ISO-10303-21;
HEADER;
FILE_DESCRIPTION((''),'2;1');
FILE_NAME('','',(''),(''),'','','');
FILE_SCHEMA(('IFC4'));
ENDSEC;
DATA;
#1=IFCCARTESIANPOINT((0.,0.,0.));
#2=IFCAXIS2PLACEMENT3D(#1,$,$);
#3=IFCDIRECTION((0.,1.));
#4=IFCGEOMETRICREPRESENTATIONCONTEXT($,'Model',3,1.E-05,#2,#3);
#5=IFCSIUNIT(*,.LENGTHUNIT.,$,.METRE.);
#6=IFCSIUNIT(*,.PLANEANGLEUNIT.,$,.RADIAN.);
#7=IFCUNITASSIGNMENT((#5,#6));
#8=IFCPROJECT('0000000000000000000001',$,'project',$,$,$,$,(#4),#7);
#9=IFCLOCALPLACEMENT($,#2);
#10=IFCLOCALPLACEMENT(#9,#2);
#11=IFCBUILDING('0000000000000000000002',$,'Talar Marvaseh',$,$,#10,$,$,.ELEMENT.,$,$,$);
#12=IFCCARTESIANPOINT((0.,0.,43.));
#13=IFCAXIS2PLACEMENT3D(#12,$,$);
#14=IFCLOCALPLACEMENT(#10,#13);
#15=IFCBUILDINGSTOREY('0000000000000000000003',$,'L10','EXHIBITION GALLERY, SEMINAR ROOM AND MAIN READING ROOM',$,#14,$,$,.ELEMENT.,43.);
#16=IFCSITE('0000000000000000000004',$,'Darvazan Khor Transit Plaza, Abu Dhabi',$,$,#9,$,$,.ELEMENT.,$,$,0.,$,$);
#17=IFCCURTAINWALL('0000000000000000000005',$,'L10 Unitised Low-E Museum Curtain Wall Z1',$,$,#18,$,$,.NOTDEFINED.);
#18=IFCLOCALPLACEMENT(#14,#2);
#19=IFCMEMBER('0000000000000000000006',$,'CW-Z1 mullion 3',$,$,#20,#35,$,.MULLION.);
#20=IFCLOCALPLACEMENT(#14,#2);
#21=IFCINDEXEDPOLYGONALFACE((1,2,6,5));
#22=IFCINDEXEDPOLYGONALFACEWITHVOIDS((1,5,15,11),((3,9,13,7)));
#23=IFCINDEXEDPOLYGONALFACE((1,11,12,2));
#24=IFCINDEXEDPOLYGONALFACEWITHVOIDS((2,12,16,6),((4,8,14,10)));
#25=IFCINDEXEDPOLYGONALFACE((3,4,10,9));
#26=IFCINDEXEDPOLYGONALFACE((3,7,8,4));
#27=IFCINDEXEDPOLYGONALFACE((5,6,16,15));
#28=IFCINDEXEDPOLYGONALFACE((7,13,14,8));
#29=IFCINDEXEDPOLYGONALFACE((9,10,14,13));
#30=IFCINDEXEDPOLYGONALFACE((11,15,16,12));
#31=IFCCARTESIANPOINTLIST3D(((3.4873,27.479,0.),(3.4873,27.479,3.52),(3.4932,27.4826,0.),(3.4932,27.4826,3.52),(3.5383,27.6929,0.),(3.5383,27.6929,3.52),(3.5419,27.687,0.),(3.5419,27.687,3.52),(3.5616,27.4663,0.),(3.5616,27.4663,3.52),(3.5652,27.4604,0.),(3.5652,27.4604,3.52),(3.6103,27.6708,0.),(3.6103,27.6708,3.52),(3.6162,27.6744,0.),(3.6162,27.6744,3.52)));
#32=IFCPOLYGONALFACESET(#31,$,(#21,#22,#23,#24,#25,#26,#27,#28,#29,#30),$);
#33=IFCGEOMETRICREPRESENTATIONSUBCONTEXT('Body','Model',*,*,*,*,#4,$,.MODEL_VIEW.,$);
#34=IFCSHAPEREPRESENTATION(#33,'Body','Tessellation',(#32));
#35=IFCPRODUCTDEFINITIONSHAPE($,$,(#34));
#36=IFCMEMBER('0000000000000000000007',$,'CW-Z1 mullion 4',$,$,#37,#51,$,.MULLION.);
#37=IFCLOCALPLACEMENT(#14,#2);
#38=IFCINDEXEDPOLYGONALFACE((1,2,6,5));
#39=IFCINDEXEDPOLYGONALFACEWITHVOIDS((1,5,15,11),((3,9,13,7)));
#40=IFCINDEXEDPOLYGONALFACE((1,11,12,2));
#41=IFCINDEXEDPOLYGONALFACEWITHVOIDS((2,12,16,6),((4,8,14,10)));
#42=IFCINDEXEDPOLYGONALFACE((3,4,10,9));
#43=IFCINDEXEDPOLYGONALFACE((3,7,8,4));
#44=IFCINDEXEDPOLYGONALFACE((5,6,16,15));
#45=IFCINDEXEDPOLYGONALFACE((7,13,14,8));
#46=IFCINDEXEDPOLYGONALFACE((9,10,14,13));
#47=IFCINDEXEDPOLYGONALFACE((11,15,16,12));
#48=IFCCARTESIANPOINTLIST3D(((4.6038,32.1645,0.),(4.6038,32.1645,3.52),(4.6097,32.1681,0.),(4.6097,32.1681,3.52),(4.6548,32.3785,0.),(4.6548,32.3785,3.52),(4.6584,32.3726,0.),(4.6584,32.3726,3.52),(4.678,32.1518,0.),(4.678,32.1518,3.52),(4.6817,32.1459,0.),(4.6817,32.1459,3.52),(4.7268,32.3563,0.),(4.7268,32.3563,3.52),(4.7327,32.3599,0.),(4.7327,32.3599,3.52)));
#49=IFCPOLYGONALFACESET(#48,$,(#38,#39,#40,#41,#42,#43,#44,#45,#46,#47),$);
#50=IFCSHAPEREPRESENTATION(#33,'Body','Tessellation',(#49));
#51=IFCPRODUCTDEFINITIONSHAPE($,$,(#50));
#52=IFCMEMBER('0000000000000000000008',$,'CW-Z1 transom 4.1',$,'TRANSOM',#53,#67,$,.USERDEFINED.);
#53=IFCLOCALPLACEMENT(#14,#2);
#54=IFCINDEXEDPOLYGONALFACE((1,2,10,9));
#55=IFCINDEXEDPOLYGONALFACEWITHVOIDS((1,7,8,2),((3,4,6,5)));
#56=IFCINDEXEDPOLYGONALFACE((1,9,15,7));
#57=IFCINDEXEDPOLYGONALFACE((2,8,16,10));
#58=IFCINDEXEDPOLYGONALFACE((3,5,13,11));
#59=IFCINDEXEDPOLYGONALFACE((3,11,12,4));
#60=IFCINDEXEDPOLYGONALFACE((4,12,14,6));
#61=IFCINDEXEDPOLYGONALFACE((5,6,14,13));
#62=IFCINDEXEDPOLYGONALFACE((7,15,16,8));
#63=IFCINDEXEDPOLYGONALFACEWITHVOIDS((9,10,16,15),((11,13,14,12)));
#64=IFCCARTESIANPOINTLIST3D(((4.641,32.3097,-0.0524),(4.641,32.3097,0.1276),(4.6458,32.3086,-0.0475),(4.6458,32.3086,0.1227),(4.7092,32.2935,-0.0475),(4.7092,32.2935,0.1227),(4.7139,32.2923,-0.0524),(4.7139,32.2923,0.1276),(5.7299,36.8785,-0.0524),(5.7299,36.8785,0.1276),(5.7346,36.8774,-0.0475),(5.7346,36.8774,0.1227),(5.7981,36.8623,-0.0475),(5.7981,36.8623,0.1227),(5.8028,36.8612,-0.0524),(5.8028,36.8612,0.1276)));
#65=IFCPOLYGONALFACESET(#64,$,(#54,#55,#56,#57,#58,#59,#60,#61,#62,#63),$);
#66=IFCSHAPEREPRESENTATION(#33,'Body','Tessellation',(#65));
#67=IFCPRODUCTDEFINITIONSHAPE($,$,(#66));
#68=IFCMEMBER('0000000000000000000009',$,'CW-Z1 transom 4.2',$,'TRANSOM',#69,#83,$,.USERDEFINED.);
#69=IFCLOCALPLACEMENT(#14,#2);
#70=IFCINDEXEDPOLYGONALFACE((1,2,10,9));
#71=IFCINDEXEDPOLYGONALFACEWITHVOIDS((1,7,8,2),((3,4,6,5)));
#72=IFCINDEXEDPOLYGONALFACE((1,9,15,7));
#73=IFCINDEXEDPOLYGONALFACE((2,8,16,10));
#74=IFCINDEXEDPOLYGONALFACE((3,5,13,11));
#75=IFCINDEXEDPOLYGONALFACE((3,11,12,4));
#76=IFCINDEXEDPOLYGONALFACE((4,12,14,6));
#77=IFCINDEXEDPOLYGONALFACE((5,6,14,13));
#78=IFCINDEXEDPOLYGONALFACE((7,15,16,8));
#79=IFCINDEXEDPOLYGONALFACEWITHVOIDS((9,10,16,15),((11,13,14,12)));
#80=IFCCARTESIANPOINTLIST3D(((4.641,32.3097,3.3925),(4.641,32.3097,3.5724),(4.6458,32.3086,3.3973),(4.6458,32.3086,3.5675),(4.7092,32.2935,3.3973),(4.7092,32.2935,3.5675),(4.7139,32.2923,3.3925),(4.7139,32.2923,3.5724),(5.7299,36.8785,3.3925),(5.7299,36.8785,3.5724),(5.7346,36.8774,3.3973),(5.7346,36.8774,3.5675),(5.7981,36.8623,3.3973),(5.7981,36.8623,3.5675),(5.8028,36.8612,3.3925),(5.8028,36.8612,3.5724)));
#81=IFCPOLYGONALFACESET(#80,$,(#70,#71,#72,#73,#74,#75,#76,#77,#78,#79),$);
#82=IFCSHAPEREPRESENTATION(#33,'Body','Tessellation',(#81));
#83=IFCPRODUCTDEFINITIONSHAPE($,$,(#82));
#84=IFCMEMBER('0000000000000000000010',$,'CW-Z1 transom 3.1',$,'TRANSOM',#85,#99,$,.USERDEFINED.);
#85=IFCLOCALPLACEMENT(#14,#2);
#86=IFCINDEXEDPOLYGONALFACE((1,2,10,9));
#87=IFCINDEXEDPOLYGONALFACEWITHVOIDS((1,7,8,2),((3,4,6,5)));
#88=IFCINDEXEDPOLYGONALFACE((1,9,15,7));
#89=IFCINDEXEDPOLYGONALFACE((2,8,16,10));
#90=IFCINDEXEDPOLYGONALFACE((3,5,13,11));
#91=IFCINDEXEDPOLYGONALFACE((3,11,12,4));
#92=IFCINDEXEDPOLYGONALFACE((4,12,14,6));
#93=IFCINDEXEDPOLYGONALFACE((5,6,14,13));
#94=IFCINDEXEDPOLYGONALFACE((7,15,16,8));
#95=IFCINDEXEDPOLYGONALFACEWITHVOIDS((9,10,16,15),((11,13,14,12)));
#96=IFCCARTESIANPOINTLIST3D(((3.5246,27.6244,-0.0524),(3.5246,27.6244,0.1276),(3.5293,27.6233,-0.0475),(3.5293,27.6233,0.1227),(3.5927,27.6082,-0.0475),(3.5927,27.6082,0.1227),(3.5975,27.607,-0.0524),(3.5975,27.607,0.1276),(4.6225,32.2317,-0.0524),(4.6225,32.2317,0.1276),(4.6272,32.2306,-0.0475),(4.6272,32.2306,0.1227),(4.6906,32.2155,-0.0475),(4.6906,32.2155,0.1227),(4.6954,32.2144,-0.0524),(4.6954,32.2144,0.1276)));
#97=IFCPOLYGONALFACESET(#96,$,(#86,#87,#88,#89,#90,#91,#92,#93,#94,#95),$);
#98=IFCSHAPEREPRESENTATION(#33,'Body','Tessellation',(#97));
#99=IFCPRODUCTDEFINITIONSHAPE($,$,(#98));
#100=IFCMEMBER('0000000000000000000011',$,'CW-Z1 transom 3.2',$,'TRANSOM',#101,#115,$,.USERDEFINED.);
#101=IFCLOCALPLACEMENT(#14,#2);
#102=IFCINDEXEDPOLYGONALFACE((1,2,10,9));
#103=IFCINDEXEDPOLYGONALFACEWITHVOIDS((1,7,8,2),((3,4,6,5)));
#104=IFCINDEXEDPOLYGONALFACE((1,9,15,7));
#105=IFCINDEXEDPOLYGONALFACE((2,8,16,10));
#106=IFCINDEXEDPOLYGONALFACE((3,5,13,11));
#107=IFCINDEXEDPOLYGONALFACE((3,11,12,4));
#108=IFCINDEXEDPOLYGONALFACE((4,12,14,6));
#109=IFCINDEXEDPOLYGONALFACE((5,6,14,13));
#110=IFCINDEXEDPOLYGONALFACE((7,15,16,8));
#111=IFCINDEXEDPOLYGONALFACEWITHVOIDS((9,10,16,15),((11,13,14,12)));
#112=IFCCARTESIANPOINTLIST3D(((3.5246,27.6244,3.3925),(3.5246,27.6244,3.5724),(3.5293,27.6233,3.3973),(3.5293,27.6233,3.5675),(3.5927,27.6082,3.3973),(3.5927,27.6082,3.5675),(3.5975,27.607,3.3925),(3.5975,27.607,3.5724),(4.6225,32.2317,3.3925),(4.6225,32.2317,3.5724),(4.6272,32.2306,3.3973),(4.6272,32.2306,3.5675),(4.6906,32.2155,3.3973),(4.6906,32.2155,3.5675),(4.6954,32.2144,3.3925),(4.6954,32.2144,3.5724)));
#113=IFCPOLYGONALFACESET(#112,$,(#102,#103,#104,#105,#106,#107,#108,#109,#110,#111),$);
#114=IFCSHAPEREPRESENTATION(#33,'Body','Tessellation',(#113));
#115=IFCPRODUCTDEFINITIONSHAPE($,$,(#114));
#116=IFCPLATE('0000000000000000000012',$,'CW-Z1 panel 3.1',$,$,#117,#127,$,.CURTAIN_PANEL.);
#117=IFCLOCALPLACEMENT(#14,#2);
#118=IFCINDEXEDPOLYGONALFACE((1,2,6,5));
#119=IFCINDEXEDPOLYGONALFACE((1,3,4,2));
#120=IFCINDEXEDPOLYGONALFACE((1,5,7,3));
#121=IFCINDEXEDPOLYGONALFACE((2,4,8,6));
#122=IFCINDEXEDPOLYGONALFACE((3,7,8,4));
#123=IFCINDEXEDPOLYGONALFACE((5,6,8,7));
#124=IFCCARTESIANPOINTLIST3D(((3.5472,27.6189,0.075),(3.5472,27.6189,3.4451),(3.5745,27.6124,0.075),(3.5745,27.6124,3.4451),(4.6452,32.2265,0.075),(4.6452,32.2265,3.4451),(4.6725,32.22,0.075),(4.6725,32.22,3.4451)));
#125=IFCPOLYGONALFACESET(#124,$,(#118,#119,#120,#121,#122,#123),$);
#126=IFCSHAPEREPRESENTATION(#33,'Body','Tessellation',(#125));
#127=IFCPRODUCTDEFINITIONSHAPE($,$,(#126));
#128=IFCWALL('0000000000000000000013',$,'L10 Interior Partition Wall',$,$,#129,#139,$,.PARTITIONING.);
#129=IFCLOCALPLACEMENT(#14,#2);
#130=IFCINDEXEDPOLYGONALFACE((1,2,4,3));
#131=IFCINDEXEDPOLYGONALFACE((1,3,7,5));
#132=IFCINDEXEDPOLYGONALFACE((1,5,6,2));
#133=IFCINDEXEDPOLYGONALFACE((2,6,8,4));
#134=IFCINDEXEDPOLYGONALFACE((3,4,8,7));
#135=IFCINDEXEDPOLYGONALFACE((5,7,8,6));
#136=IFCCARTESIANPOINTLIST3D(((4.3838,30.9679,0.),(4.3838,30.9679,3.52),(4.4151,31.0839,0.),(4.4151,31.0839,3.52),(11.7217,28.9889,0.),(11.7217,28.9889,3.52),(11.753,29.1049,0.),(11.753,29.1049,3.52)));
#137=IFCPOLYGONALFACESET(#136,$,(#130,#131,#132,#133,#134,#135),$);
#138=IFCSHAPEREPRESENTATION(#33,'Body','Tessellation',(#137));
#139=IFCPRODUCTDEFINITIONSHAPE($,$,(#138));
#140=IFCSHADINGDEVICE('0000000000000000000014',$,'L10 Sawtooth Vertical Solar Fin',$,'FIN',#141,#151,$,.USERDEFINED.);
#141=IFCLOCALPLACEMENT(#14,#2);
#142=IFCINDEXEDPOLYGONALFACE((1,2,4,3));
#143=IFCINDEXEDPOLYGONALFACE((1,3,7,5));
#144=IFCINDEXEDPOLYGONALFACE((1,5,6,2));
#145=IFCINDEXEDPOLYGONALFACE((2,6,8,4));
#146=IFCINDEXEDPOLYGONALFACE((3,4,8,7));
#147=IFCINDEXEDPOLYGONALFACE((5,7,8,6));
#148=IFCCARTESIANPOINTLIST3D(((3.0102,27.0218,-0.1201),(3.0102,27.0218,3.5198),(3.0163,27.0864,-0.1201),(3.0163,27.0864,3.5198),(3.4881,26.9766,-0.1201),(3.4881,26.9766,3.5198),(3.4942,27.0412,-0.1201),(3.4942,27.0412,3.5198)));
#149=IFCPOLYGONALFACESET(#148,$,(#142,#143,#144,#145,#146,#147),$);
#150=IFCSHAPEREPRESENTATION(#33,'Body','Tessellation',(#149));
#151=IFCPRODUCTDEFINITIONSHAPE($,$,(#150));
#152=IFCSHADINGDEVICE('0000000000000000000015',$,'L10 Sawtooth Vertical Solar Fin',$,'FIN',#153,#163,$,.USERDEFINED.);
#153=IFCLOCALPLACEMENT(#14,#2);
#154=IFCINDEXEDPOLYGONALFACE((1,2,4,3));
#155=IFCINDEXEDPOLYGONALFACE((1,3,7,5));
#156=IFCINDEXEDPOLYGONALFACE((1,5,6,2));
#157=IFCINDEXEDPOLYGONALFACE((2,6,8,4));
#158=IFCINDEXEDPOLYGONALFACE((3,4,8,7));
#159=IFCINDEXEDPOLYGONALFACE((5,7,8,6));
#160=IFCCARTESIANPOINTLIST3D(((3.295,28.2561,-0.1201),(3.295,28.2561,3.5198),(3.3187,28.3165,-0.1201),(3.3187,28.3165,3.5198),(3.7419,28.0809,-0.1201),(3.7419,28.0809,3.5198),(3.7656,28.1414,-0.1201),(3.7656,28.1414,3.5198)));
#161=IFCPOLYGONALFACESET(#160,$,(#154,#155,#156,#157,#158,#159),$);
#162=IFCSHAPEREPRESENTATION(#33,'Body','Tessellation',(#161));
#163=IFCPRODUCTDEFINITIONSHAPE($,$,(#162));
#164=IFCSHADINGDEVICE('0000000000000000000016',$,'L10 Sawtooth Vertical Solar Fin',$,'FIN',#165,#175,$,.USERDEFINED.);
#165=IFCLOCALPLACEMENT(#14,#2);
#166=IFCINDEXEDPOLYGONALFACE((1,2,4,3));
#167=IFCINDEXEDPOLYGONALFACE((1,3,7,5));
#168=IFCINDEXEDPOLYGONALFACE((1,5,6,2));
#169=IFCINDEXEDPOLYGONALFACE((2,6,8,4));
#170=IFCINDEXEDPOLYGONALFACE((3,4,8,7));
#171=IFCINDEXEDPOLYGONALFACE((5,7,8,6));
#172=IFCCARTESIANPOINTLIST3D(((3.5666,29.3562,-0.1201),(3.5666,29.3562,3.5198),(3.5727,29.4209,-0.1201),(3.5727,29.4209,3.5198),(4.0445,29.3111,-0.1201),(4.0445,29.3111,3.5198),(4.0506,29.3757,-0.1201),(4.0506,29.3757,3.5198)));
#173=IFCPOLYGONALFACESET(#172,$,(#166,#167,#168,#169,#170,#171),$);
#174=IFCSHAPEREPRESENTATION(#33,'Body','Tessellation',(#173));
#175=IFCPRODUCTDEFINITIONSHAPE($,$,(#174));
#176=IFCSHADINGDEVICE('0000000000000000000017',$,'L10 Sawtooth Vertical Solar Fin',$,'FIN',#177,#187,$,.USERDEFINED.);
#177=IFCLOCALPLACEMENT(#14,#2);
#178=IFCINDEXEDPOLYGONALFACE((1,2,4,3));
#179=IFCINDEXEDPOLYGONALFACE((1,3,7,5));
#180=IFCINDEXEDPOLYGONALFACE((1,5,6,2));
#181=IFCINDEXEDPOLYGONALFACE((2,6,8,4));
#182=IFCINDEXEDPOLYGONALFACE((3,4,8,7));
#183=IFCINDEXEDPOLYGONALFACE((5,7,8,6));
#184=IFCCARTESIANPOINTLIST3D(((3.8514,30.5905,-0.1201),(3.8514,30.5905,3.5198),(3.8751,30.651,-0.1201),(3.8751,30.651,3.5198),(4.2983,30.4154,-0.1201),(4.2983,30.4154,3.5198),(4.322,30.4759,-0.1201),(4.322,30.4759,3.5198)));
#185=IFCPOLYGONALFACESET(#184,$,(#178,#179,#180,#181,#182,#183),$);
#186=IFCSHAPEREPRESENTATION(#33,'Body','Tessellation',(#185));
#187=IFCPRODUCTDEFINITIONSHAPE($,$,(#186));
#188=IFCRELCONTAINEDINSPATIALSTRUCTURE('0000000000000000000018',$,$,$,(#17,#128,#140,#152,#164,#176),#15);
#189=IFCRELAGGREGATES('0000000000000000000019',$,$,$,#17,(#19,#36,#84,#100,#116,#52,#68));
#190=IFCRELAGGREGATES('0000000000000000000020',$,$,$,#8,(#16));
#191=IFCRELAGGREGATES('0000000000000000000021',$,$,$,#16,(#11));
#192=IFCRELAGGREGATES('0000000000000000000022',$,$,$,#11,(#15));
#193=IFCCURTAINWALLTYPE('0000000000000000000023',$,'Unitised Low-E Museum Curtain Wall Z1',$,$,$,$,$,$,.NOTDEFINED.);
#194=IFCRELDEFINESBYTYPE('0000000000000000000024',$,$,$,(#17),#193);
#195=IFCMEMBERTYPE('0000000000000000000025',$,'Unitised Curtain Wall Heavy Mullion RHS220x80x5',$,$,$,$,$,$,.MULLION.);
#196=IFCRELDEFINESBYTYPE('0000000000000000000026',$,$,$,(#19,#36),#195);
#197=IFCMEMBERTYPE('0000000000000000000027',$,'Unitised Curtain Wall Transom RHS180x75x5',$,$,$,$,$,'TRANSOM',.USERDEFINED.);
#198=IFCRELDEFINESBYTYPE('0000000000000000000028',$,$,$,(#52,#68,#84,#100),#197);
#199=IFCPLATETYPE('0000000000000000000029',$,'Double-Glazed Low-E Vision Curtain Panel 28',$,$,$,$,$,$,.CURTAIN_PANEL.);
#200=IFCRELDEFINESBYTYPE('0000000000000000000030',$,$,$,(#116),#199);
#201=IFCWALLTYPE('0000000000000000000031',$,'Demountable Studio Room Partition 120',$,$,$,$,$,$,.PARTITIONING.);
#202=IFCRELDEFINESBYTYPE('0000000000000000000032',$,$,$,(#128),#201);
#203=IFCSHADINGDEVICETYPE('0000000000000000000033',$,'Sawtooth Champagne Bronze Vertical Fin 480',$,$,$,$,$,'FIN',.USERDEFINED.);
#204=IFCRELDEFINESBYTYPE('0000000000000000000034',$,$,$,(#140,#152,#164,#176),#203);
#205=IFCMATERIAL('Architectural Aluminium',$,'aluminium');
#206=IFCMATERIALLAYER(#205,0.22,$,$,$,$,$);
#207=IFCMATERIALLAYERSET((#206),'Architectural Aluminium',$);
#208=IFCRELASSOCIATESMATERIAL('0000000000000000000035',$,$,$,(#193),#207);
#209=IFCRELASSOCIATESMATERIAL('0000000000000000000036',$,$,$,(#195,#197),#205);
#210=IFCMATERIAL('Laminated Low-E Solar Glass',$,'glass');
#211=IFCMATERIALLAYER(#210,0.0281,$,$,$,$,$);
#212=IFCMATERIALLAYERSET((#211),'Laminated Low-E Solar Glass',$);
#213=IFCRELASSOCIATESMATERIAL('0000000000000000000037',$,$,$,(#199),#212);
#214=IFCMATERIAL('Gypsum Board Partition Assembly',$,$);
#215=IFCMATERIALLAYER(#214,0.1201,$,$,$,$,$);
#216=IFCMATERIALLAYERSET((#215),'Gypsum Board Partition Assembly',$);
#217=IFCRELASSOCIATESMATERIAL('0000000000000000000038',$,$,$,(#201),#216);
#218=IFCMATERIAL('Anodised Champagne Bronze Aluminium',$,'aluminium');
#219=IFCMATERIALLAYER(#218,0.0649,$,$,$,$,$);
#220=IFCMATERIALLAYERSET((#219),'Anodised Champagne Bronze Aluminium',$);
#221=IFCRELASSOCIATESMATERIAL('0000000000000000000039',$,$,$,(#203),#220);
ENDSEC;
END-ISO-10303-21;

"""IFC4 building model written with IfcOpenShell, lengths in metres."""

from ifc_helpers import new_model, si_unit, direction, frame, frame_2d, origin, origin_2d, place, context, subcontext, project, spatial, rectangle, hollow_rectangle, extrude, source, transform, mapped, material, layer, layer_set, material_profile, profile_set, type_object, type_shapes, element, aggregate, save


model = new_model("IFC4")

# Units and contexts
model_context = context("Model", 3, precision=1e-05, world=origin(), true_north=direction((0.0, 1.0)))
body_context = subcontext(model_context, "Body", "Model", "MODEL_VIEW")
ifc_project = project(units=[si_unit("LENGTHUNIT", "METRE"), si_unit("PLANEANGLEUNIT", "RADIAN")], contexts=[model_context])

# Site, building, storey
site_placement = place(None, origin())
site = spatial("IfcSite", under=ifc_project, at=site_placement, Name="Darvazan Khor Transit Plaza, Abu Dhabi", CompositionType="ELEMENT", RefElevation=0.0)
building_placement = place(site_placement, origin())
building = spatial("IfcBuilding", under=site, at=building_placement, Name="Talar Marvaseh", CompositionType="ELEMENT")
storey_placement = place(building_placement, frame((0.0, 0.0, 43.0)))
storey = spatial("IfcBuildingStorey", under=building, at=storey_placement, Name="L10", Description="EXHIBITION GALLERY, SEMINAR ROOM AND MAIN READING ROOM", CompositionType="ELEMENT", Elevation=43.0)

# Curtain wall, members, plate
ifc_material_1 = material(Name="Architectural Aluminium", Category="aluminium")
ifc_layer_1 = layer(ifc_material_1, 0.22)
ifc_layer_set_1 = layer_set([ifc_layer_1], Name="Architectural Aluminium")
curtain_wall_type = type_object("IfcCurtainWallType", Name="Unitised Low-E Museum Curtain Wall Z1", PredefinedType="NOTDEFINED", material=ifc_layer_set_1)
curtain_wall_placement = place(storey_placement, origin())
curtain_wall = element("IfcCurtainWall", 1, at=curtain_wall_placement, inside=storey, type_object=curtain_wall_type, Name="L10 Unitised Low-E Museum Curtain Wall Z1", PredefinedType="NOTDEFINED")
ifc_material_profile_1 = material_profile(ifc_material_1, hollow_rectangle(XDim=0.0801, YDim=0.22, WallThickness=0.0049, at=origin_2d()), Name="RHS220x80x5")
ifc_profile_set_1 = profile_set([ifc_material_profile_1], Name="Architectural Aluminium")
member_type_1 = type_object("IfcMemberType", Name="Unitised Curtain Wall Heavy Mullion RHS220x80x5", PredefinedType="MULLION", material=ifc_profile_set_1)
shared_shape_1 = source(origin(), body_context, "Body", "SweptSolid", [
    extrude(hollow_rectangle(XDim=0.0801, YDim=0.22, WallThickness=0.0049, at=origin_2d()), origin(), (0.0, 0.0, 1.0), 3.52),
])
type_shapes(member_type_1, [shared_shape_1])
member_1_placement = place(storey_placement, frame((3.5518, 27.5767, 0.0), z_axis=(0.0, 0.0, 1.0), x_axis=(-0.972761, 0.231812, 0.0)))
member_1 = element("IfcMember", 2, at=member_1_placement, type_object=member_type_1, Name="CW-Z1 mullion 3", PredefinedType="MULLION", context=body_context, shape_type="MappedRepresentation", body=[
    mapped(shared_shape_1, transform((0.0, 0.0, 0.0), x_axis=(1.0, 0.0, 0.0), y_axis=(0.0, 1.0, 0.0), z_axis=(0.0, 0.0, 1.0), scale=1.0)),
])
member_2_placement = place(storey_placement, frame((4.6682, 32.2622, 0.0), z_axis=(0.0, 0.0, 1.0), x_axis=(-0.972761, 0.231812, 0.0)))
member_2 = element("IfcMember", 3, at=member_2_placement, type_object=member_type_1, Name="CW-Z1 mullion 4", PredefinedType="MULLION", context=body_context, shape_type="MappedRepresentation", body=[
    mapped(shared_shape_1, transform((0.0, 0.0, 0.0), x_axis=(1.0, 0.0, 0.0), y_axis=(0.0, 1.0, 0.0), z_axis=(0.0, 0.0, 1.0), scale=1.0)),
])
ifc_material_profile_2 = material_profile(ifc_material_1, hollow_rectangle(XDim=0.075, YDim=0.1799, WallThickness=0.0049, at=origin_2d()), Name="RHS180x75x5")
ifc_profile_set_2 = profile_set([ifc_material_profile_2], Name="Architectural Aluminium")
member_type_2 = type_object("IfcMemberType", Name="Unitised Curtain Wall Transom RHS180x75x5", ElementType="TRANSOM", PredefinedType="USERDEFINED", material=ifc_profile_set_2)
shared_shape_2 = source(origin(), body_context, "Body", "SweptSolid", [
    extrude(hollow_rectangle(XDim=0.075, YDim=0.1799, WallThickness=0.0049, at=origin_2d()), origin(), (0.0, 0.0, 1.0), 4.6968),
])
member_3_placement = place(storey_placement, frame((4.6775, 32.301, 0.0376), z_axis=(0.231831, 0.972756, 0.0), x_axis=(-0.972756, 0.231831, 0.0)))
member_3 = element("IfcMember", 4, at=member_3_placement, type_object=member_type_2, Name="CW-Z1 transom 4.1", ObjectType="TRANSOM", PredefinedType="USERDEFINED", context=body_context, shape_type="MappedRepresentation", body=[
    mapped(shared_shape_2, transform((0.0, 0.0, 0.0), x_axis=(1.0, 0.0, 0.0), y_axis=(0.0, 1.0, 0.0), z_axis=(0.0, 0.0, 1.0), scale=1.0)),
])
member_4_placement = place(storey_placement, frame((4.6775, 32.301, 3.4824), z_axis=(0.231831, 0.972756, 0.0), x_axis=(-0.972756, 0.231831, 0.0)))
member_4 = element("IfcMember", 5, at=member_4_placement, type_object=member_type_2, Name="CW-Z1 transom 4.2", ObjectType="TRANSOM", PredefinedType="USERDEFINED", context=body_context, shape_type="MappedRepresentation", body=[
    mapped(shared_shape_2, transform((0.0, 0.0, 0.0), x_axis=(1.0, 0.0, 0.0), y_axis=(0.0, 1.0, 0.0), z_axis=(0.0, 0.0, 1.0), scale=1.0)),
])
shared_shape_3 = source(origin(), body_context, "Body", "SweptSolid", [
    extrude(hollow_rectangle(XDim=0.075, YDim=0.1799, WallThickness=0.0049, at=origin_2d()), origin(), (0.0, 0.0, 1.0), 4.7363),
])
type_shapes(member_type_2, [shared_shape_2, shared_shape_3])
member_5_placement = place(storey_placement, frame((3.561, 27.6157, 0.0376), z_axis=(0.231799, 0.972764, 0.0), x_axis=(-0.972764, 0.231799, 0.0)))
member_5 = element("IfcMember", 6, at=member_5_placement, type_object=member_type_2, Name="CW-Z1 transom 3.1", ObjectType="TRANSOM", PredefinedType="USERDEFINED", context=body_context, shape_type="MappedRepresentation", body=[
    mapped(shared_shape_3, transform((0.0, 0.0, 0.0), x_axis=(1.0, 0.0, 0.0), y_axis=(0.0, 1.0, 0.0), z_axis=(0.0, 0.0, 1.0), scale=1.0)),
])
member_6_placement = place(storey_placement, frame((3.561, 27.6157, 3.4824), z_axis=(0.231799, 0.972764, 0.0), x_axis=(-0.972764, 0.231799, 0.0)))
member_6 = element("IfcMember", 7, at=member_6_placement, type_object=member_type_2, Name="CW-Z1 transom 3.2", ObjectType="TRANSOM", PredefinedType="USERDEFINED", context=body_context, shape_type="MappedRepresentation", body=[
    mapped(shared_shape_3, transform((0.0, 0.0, 0.0), x_axis=(1.0, 0.0, 0.0), y_axis=(0.0, 1.0, 0.0), z_axis=(0.0, 0.0, 1.0), scale=1.0)),
])
ifc_material_2 = material(Name="Laminated Low-E Solar Glass", Category="glass")
ifc_layer_2 = layer(ifc_material_2, 0.0281)
ifc_layer_set_2 = layer_set([ifc_layer_2], Name="Laminated Low-E Solar Glass")
plate_type = type_object("IfcPlateType", Name="Double-Glazed Low-E Vision Curtain Panel 28", PredefinedType="CURTAIN_PANEL", material=ifc_layer_set_2)
shared_shape_4 = source(origin(), body_context, "Body", "SweptSolid", [
    extrude(rectangle(XDim=4.7366, YDim=0.0281, at=origin_2d()), origin(), (0.0, 0.0, 1.0), 3.3701),
])
type_shapes(plate_type, [shared_shape_4])
plate_placement = place(storey_placement, frame((4.1099, 29.9194, 0.075), z_axis=(0.0, 0.0, 1.0), x_axis=(0.231812, 0.972761, 0.0)))
plate = element("IfcPlate", 8, at=plate_placement, type_object=plate_type, Name="CW-Z1 panel 3.1", PredefinedType="CURTAIN_PANEL", context=body_context, shape_type="MappedRepresentation", body=[
    mapped(shared_shape_4, transform((0.0, 0.0, 0.0), x_axis=(1.0, 0.0, 0.0), y_axis=(0.0, 1.0, 0.0), z_axis=(0.0, 0.0, 1.0), scale=1.0)),
])
aggregate(curtain_wall, [member_1, member_2, member_5, member_6, plate, member_3, member_4])

# Wall
ifc_material_3 = material(Name="Gypsum Board Partition Assembly")
ifc_layer_3 = layer(ifc_material_3, 0.1201)
ifc_layer_set_3 = layer_set([ifc_layer_3], Name="Gypsum Board Partition Assembly")
wall_type = type_object("IfcWallType", Name="Demountable Studio Room Partition 120", PredefinedType="PARTITIONING", material=ifc_layer_set_3)
wall_placement = place(storey_placement, frame((4.3994, 31.0259, 0.0), z_axis=(0.0, 0.0, 1.0), x_axis=(0.965503, -0.260393, 0.0)))
element("IfcWall", 9, at=wall_placement, inside=storey, type_object=wall_type, Name="L10 Interior Partition Wall", PredefinedType="PARTITIONING", context=body_context, shape_type="SweptSolid", body=[
    extrude(rectangle(XDim=7.6001, YDim=0.1201, at=frame_2d((3.8, 0.0))), origin(), (0.0, 0.0, 1.0), 3.52),
])

# Shading devices
ifc_material_4 = material(Name="Anodised Champagne Bronze Aluminium", Category="aluminium")
ifc_layer_4 = layer(ifc_material_4, 0.0649)
ifc_layer_set_4 = layer_set([ifc_layer_4], Name="Anodised Champagne Bronze Aluminium")
shading_device_type_1 = type_object("IfcShadingDeviceType", Name="Sawtooth Champagne Bronze Vertical Fin 480", ElementType="FIN", PredefinedType="USERDEFINED", material=ifc_layer_set_4)
shared_shape_5 = source(origin(), body_context, "Body", "SweptSolid", [
    extrude(rectangle(XDim=0.48, YDim=0.0649, at=origin_2d()), origin(), (0.0, 0.0, 1.0), 3.6399),
])
type_shapes(shading_device_type_1, [shared_shape_5])
for number, where, z_axis, x_axis, name in (
    (10, (3.2522, 27.0315, -0.1201), (0.0, 0.0, 1.0), (-0.995562, 0.094108, 0.0), "L10 Sawtooth Vertical Solar Fin"),
    (11, (3.5303, 28.1987, -0.1201), (0.0, 0.0, 1.0), (-0.931056, 0.364877, 0.0), "L10 Sawtooth Vertical Solar Fin"),
    (12, (3.8086, 29.366, -0.1201), (0.0, 0.0, 1.0), (-0.995562, 0.094108, 0.0), "L10 Sawtooth Vertical Solar Fin"),
    (13, (4.0867, 30.5332, -0.1201), (0.0, 0.0, 1.0), (-0.931056, 0.364877, 0.0), "L10 Sawtooth Vertical Solar Fin"),
):
    element("IfcShadingDevice", number, at=place(storey_placement, frame(where, z_axis=z_axis, x_axis=x_axis)), inside=storey, type_object=shading_device_type_1, Name=name, ObjectType="FIN", PredefinedType="USERDEFINED", context=body_context, shape_type="MappedRepresentation", body=[
        mapped(shared_shape_5, transform((0.0, 0.0, 0.0), x_axis=(1.0, 0.0, 0.0), y_axis=(0.0, 1.0, 0.0), z_axis=(0.0, 0.0, 1.0), scale=1.0)),
    ])

save(model, "model.ifc")
